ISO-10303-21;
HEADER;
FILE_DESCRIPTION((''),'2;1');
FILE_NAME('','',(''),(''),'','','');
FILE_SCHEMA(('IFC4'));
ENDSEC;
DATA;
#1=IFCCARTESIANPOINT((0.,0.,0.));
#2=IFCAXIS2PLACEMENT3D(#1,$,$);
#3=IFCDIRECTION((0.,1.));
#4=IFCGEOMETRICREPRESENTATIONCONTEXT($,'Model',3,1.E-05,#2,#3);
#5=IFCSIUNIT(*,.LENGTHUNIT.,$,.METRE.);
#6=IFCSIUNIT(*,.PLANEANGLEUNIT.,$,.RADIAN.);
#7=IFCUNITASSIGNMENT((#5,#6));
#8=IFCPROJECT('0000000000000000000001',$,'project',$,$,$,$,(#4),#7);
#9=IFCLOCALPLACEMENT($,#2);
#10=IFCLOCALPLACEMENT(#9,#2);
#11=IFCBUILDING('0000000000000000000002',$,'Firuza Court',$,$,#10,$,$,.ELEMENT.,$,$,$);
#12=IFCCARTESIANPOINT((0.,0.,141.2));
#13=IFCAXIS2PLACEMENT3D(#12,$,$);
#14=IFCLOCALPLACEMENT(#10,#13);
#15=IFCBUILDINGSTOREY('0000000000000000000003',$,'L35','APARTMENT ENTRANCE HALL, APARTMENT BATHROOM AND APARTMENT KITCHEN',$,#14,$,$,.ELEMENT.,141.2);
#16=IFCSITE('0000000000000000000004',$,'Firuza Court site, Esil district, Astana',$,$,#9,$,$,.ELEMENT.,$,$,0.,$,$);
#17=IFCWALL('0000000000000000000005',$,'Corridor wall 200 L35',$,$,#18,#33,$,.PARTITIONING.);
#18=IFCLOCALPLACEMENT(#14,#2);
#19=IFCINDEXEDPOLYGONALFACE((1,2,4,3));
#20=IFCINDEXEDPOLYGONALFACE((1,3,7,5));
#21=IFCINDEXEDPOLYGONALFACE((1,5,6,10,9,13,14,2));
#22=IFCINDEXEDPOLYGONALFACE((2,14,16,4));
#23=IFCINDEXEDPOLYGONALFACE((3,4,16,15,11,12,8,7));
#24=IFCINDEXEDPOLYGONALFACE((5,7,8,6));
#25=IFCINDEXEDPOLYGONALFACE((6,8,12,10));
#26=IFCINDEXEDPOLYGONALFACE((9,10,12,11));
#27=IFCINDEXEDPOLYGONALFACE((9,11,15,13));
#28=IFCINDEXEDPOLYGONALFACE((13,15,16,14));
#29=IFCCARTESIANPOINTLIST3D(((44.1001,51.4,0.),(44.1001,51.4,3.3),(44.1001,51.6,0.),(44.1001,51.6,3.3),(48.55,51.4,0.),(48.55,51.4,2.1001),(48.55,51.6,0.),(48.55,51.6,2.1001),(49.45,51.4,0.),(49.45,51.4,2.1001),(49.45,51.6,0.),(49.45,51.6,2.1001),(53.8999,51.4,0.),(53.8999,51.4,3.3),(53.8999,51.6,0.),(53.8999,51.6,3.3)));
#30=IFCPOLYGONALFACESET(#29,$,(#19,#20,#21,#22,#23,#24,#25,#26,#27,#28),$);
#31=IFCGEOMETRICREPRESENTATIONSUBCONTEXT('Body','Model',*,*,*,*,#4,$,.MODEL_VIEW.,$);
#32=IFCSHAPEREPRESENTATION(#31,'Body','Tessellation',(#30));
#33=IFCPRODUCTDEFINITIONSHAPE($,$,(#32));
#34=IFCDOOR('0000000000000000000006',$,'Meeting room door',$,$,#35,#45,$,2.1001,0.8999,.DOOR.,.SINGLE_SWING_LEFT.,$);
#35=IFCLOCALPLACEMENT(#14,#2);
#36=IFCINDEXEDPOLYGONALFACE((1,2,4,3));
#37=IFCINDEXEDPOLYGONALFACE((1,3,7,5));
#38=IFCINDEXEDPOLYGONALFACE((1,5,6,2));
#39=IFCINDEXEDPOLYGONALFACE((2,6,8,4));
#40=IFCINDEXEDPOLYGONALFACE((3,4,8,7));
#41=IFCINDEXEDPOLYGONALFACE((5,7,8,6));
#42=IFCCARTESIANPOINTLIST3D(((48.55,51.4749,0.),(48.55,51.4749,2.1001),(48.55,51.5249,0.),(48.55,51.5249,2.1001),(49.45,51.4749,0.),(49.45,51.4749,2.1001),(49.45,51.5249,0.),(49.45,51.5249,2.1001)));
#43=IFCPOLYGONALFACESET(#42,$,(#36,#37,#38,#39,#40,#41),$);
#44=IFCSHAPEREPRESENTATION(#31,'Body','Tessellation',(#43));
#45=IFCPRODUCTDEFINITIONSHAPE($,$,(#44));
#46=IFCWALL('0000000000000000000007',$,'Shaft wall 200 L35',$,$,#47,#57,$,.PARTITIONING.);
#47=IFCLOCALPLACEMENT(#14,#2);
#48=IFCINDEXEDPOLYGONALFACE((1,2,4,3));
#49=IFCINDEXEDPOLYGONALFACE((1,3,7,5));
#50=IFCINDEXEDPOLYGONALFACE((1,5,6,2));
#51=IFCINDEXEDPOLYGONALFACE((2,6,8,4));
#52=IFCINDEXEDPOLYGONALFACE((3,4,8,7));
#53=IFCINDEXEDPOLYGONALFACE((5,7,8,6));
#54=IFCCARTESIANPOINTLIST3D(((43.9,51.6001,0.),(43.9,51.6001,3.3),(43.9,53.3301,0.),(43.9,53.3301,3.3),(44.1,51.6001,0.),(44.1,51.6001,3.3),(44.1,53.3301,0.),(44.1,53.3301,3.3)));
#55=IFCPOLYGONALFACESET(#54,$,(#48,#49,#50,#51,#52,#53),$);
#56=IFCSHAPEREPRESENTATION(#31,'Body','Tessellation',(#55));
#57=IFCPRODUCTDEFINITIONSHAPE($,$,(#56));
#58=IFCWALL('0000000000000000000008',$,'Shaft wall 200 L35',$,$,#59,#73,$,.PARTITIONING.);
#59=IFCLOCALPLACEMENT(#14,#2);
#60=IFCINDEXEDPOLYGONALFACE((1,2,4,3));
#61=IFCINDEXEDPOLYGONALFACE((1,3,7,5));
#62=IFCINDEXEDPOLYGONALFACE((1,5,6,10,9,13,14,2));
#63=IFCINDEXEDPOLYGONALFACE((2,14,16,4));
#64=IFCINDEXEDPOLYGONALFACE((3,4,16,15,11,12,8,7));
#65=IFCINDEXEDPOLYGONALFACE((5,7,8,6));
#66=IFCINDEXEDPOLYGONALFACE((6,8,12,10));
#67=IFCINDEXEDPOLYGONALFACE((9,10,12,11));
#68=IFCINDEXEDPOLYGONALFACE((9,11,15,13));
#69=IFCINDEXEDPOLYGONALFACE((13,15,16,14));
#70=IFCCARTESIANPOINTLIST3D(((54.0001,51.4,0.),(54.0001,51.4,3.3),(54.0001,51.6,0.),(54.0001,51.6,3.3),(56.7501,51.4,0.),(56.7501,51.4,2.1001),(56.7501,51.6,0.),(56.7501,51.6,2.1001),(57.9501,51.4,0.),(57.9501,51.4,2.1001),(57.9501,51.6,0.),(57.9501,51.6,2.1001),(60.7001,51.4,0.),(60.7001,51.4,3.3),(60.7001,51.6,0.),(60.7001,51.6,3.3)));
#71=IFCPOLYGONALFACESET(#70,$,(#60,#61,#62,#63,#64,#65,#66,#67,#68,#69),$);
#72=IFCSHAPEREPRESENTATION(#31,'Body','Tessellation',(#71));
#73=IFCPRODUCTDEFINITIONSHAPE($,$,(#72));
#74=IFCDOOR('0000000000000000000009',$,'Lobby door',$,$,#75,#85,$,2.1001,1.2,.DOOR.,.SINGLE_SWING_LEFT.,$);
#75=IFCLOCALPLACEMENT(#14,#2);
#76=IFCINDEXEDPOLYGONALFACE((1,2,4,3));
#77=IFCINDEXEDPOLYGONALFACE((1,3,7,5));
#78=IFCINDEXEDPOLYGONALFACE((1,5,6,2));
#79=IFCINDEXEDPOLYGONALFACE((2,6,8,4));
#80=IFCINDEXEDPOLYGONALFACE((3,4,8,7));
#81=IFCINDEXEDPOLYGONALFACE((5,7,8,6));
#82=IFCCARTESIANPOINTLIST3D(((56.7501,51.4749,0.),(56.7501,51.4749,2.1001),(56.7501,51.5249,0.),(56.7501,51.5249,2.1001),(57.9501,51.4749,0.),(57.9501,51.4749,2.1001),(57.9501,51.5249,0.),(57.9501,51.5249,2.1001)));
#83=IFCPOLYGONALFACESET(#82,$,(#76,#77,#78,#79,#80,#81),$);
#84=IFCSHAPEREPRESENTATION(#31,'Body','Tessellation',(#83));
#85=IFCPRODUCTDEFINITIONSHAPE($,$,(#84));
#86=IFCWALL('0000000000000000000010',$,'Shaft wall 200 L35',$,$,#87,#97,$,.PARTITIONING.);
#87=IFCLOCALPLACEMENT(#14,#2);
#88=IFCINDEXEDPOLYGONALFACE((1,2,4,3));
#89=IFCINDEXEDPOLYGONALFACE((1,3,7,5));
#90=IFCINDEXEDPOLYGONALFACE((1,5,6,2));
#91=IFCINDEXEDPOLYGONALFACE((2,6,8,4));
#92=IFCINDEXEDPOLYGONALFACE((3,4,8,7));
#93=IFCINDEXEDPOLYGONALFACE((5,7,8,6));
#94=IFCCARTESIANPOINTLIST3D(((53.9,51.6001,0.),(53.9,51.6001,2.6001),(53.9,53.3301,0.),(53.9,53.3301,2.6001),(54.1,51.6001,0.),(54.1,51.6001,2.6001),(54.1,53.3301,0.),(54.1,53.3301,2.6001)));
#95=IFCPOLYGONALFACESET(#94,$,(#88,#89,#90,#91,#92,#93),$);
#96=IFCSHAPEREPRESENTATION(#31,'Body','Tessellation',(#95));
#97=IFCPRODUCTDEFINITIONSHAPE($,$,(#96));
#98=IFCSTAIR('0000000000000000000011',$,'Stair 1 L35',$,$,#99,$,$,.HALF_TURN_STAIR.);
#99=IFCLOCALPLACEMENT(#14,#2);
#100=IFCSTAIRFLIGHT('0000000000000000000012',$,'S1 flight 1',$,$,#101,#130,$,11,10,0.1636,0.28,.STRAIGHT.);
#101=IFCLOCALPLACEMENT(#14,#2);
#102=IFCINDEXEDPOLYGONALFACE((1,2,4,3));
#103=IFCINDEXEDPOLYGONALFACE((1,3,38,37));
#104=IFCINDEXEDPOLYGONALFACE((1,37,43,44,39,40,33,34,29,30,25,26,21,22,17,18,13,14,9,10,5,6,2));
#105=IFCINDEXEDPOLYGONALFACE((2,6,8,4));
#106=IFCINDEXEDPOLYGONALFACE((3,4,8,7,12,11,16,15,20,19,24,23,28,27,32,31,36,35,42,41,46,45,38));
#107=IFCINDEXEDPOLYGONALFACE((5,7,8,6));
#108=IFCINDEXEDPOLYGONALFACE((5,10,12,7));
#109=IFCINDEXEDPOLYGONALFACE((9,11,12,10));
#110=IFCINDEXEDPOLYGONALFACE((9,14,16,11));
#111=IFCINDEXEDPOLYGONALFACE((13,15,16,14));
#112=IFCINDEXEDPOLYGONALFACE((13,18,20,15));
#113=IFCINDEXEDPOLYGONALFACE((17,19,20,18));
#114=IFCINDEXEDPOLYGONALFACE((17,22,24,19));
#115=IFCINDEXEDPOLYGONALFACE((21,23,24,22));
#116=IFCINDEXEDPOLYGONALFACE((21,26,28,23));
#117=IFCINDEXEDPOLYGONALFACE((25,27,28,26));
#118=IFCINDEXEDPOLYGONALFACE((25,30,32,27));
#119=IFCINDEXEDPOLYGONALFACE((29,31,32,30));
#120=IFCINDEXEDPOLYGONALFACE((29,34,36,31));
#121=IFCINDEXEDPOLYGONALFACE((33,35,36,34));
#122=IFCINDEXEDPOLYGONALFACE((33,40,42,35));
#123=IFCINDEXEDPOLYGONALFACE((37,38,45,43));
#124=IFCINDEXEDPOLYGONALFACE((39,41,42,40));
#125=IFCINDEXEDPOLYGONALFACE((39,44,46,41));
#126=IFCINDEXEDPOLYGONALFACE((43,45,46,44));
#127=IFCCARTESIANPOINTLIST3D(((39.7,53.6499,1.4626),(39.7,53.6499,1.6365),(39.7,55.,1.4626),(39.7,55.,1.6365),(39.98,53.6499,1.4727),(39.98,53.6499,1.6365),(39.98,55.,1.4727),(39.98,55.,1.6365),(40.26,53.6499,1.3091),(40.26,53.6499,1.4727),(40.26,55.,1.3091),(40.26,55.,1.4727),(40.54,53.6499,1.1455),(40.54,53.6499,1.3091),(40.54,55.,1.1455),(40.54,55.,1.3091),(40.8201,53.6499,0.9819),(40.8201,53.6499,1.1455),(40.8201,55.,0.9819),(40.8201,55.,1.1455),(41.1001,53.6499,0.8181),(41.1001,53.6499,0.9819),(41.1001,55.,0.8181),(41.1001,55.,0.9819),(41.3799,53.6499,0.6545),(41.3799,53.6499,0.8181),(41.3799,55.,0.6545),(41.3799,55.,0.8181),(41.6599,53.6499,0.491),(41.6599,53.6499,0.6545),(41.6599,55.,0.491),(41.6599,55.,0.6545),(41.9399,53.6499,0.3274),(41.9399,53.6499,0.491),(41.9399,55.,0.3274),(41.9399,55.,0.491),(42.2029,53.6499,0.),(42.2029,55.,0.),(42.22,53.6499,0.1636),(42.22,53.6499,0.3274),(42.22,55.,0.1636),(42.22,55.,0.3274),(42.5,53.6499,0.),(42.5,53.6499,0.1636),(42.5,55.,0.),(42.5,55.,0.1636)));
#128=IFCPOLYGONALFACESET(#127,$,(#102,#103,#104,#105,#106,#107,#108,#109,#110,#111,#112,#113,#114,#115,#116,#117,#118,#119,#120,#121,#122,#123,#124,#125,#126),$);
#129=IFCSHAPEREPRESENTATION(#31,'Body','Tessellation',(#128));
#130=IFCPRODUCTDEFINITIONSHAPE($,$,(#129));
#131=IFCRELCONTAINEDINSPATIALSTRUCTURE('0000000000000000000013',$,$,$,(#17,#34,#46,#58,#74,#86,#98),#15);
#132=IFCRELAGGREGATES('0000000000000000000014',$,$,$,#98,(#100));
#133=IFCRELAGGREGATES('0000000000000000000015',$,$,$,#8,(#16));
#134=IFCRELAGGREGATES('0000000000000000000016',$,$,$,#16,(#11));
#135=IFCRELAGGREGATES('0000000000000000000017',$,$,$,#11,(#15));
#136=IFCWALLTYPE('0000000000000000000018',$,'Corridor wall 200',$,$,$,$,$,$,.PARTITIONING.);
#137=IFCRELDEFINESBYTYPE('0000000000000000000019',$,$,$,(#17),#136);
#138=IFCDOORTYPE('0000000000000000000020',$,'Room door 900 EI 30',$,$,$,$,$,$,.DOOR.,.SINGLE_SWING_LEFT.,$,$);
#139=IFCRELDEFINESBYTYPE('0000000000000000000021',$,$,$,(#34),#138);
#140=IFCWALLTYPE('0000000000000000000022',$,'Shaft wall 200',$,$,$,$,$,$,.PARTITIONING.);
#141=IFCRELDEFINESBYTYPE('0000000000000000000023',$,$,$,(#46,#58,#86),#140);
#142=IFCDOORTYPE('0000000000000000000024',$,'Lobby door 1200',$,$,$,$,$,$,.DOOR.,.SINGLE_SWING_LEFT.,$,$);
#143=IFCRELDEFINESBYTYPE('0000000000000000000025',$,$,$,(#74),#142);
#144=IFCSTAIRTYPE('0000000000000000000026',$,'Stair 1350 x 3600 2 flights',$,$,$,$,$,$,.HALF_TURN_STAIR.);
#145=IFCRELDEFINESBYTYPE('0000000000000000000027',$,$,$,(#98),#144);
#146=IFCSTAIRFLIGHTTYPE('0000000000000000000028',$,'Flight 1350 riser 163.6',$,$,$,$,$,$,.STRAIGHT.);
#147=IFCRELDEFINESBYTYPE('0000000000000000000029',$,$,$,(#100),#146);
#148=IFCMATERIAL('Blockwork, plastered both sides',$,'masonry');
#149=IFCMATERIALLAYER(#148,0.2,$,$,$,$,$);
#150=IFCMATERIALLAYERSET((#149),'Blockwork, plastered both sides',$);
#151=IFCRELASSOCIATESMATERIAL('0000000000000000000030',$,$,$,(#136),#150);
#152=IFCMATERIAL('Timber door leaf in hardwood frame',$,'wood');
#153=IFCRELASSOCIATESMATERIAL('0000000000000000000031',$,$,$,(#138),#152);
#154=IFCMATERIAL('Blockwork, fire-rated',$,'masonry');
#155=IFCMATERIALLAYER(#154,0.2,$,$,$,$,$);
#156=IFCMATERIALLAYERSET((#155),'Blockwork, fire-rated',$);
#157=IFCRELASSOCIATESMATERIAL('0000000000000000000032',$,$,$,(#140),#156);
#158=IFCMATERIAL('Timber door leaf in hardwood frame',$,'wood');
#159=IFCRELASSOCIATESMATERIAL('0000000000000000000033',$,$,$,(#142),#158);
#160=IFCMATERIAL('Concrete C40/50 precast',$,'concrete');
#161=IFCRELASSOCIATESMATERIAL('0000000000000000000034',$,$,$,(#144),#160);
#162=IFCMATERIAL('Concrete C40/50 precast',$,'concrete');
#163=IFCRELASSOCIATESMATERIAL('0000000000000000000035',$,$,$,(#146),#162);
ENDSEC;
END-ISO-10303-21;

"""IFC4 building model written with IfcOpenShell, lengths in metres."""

from ifc_helpers import new_model, si_unit, direction, frame, frame_2d, origin, place, context, subcontext, project, spatial, polyline, rectangle, outline, extrude, material, layer, layer_set, type_object, element, fill, aggregate, save


model = new_model("IFC4")

# Units and contexts
model_context = context("Model", 3, precision=1e-05, world=origin(), true_north=direction((0.0, 1.0)))
body_context = subcontext(model_context, "Body", "Model", "MODEL_VIEW")
ifc_project = project(units=[si_unit("LENGTHUNIT", "METRE"), si_unit("PLANEANGLEUNIT", "RADIAN")], contexts=[model_context])

# Site, building, storey
site_placement = place(None, origin())
site = spatial("IfcSite", under=ifc_project, at=site_placement, Name="Firuza Court site, Esil district, Astana", CompositionType="ELEMENT", RefElevation=0.0)
building_placement = place(site_placement, origin())
building = spatial("IfcBuilding", under=site, at=building_placement, Name="Firuza Court", CompositionType="ELEMENT")
storey_placement = place(building_placement, frame((0.0, 0.0, 141.2)))
storey = spatial("IfcBuildingStorey", under=building, at=storey_placement, Name="L35", Description="APARTMENT ENTRANCE HALL, APARTMENT BATHROOM AND APARTMENT KITCHEN", CompositionType="ELEMENT", Elevation=141.2)

# Wall, opening, door
ifc_material_1 = material(Name="Blockwork, plastered both sides", Category="masonry")
ifc_layer_1 = layer(ifc_material_1, 0.2)
ifc_layer_set_1 = layer_set([ifc_layer_1], Name="Blockwork, plastered both sides")
wall_type_1 = type_object("IfcWallType", Name="Corridor wall 200", PredefinedType="PARTITIONING", material=ifc_layer_set_1)
wall_1_placement = place(storey_placement, frame((44.1001, 51.5, 0.0), z_axis=(0.0, 0.0, 1.0), x_axis=(1.0, 0.0, 0.0)))
wall_1 = element("IfcWall", 1, at=wall_1_placement, inside=storey, type_object=wall_type_1, Name="Corridor wall 200 L35", PredefinedType="PARTITIONING", context=body_context, shape_type="SweptSolid", body=[
    extrude(rectangle(XDim=9.7998, YDim=0.2, at=frame_2d((4.8999, 0.0))), origin(), (0.0, 0.0, 1.0), 3.3),
])
opening_1_placement = place(wall_1_placement, frame((4.45, 0.0, 0.0)))
opening_1 = element("IfcOpeningElement", 2, at=opening_1_placement, cuts=wall_1, PredefinedType="OPENING", context=body_context, shape_type="SweptSolid", body=[
    extrude(rectangle(XDim=0.8999, YDim=2.1001, at=frame_2d((0.45, 1.05))), frame((0.0, 0.1118, 0.0), z_axis=(0.0, -1.0, 0.0), x_axis=(1.0, 0.0, 0.0)), (0.0, 0.0, 1.0), 0.2239),
])
ifc_material_2 = material(Name="Timber door leaf in hardwood frame", Category="wood")
door_type_1 = type_object("IfcDoorType", Name="Room door 900 EI 30", OperationType="SINGLE_SWING_LEFT", PredefinedType="DOOR", material=ifc_material_2)
door_1_placement = place(opening_1_placement, origin())
door_1 = element("IfcDoor", 3, at=door_1_placement, inside=storey, type_object=door_type_1, Name="Meeting room door", OperationType="SINGLE_SWING_LEFT", OverallHeight=2.1001, OverallWidth=0.8999, PredefinedType="DOOR", context=body_context, shape_type="SweptSolid", body=[
    extrude(rectangle(XDim=0.8999, YDim=2.1001, at=frame_2d((0.45, 1.05))), frame((0.0, 0.0249, 0.0), z_axis=(0.0, -1.0, 0.0), x_axis=(1.0, 0.0, 0.0)), (0.0, 0.0, 1.0), 0.05),
])
fill(opening_1, door_1)

# Wall
ifc_material_3 = material(Name="Blockwork, fire-rated", Category="masonry")
ifc_layer_2 = layer(ifc_material_3, 0.2)
ifc_layer_set_2 = layer_set([ifc_layer_2], Name="Blockwork, fire-rated")
wall_type_2 = type_object("IfcWallType", Name="Shaft wall 200", PredefinedType="PARTITIONING", material=ifc_layer_set_2)
wall_2_placement = place(storey_placement, frame((44.0, 51.6001, 0.0), z_axis=(0.0, 0.0, 1.0), x_axis=(0.0, 1.0, 0.0)))
element("IfcWall", 4, at=wall_2_placement, inside=storey, type_object=wall_type_2, Name="Shaft wall 200 L35", PredefinedType="PARTITIONING", context=body_context, shape_type="SweptSolid", body=[
    extrude(rectangle(XDim=1.73, YDim=0.2, at=frame_2d((0.865, 0.0))), origin(), (0.0, 0.0, 1.0), 3.3),
])

# Wall, opening, door
wall_3_placement = place(storey_placement, frame((54.0, 51.5, 0.0), z_axis=(0.0, 0.0, 1.0), x_axis=(1.0, 0.0, 0.0)))
wall_3 = element("IfcWall", 5, at=wall_3_placement, inside=storey, type_object=wall_type_2, Name="Shaft wall 200 L35", PredefinedType="PARTITIONING", context=body_context, shape_type="SweptSolid", body=[
    extrude(rectangle(XDim=6.7, YDim=0.2, at=frame_2d((3.3501, 0.0))), origin(), (0.0, 0.0, 1.0), 3.3),
])
opening_2_placement = place(wall_3_placement, frame((2.75, 0.0, 0.0)))
opening_2 = element("IfcOpeningElement", 6, at=opening_2_placement, cuts=wall_3, PredefinedType="OPENING", context=body_context, shape_type="SweptSolid", body=[
    extrude(rectangle(XDim=1.2, YDim=2.1001, at=frame_2d((0.6001, 1.05))), frame((0.0, 0.1118, 0.0), z_axis=(0.0, -1.0, 0.0), x_axis=(1.0, 0.0, 0.0)), (0.0, 0.0, 1.0), 0.2239),
])
ifc_material_4 = material(Name="Timber door leaf in hardwood frame", Category="wood")
door_type_2 = type_object("IfcDoorType", Name="Lobby door 1200", OperationType="SINGLE_SWING_LEFT", PredefinedType="DOOR", material=ifc_material_4)
door_2_placement = place(opening_2_placement, origin())
door_2 = element("IfcDoor", 7, at=door_2_placement, inside=storey, type_object=door_type_2, Name="Lobby door", OperationType="SINGLE_SWING_LEFT", OverallHeight=2.1001, OverallWidth=1.2, PredefinedType="DOOR", context=body_context, shape_type="SweptSolid", body=[
    extrude(rectangle(XDim=1.2, YDim=2.1001, at=frame_2d((0.6001, 1.05))), frame((0.0, 0.0249, 0.0), z_axis=(0.0, -1.0, 0.0), x_axis=(1.0, 0.0, 0.0)), (0.0, 0.0, 1.0), 0.05),
])
fill(opening_2, door_2)

# Wall
wall_4_placement = place(storey_placement, frame((54.0, 51.6001, 0.0), z_axis=(0.0, 0.0, 1.0), x_axis=(0.0, 1.0, 0.0)))
element("IfcWall", 8, at=wall_4_placement, inside=storey, type_object=wall_type_2, Name="Shaft wall 200 L35", PredefinedType="PARTITIONING", context=body_context, shape_type="SweptSolid", body=[
    extrude(rectangle(XDim=1.73, YDim=0.2, at=frame_2d((0.865, 0.0))), origin(), (0.0, 0.0, 1.0), 2.6001),
])

# Stair, stair flight
ifc_material_5 = material(Name="Concrete C40/50 precast", Category="concrete")
stair_type = type_object("IfcStairType", Name="Stair 1350 x 3600 2 flights", PredefinedType="HALF_TURN_STAIR", material=ifc_material_5)
stair_placement = place(storey_placement, origin())
stair = element("IfcStair", 9, at=stair_placement, inside=storey, type_object=stair_type, Name="Stair 1 L35", PredefinedType="HALF_TURN_STAIR")
ifc_material_6 = material(Name="Concrete C40/50 precast", Category="concrete")
stair_flight_type = type_object("IfcStairFlightType", Name="Flight 1350 riser 163.6", PredefinedType="STRAIGHT", material=ifc_material_6)
stair_flight_placement = place(storey_placement, frame((42.5, 54.325, 0.0), z_axis=(0.0, 0.0, 1.0), x_axis=(-1.0, 0.0, 0.0)))
stair_flight = element("IfcStairFlight", 10, at=stair_flight_placement, type_object=stair_flight_type, Name="S1 flight 1", NumberOfRisers=11, NumberOfTreads=10, PredefinedType="STRAIGHT", RiserHeight=0.1636, TreadLength=0.28, context=body_context, shape_type="SweptSolid", body=[
    extrude(outline(polyline([(0.0, 0.0), (0.0, 0.1636), (0.28, 0.1636), (0.28, 0.3274), (0.5601, 0.3274), (0.5601, 0.491), (0.8401, 0.491), (0.8401, 0.6545), (1.1201, 0.6545), (1.1201, 0.8181), (1.3999, 0.8181), (1.3999, 0.9819), (1.6799, 0.9819), (1.6799, 1.1455), (1.96, 1.1455), (1.96, 1.3091), (2.24, 1.3091), (2.24, 1.4727), (2.52, 1.4727), (2.52, 1.6365), (2.8, 1.6365), (2.8, 1.8), (2.8, 1.4626), (0.2971, 0.0), (0.0, 0.0)])), frame((0.0, 0.675, 0.0), z_axis=(0.0, -1.0, 0.0), x_axis=(1.0, 0.0, 0.0)), (0.0, 0.0, 1.0), 1.3501),
])
aggregate(stair, [stair_flight])

save(model, "model.ifc")
